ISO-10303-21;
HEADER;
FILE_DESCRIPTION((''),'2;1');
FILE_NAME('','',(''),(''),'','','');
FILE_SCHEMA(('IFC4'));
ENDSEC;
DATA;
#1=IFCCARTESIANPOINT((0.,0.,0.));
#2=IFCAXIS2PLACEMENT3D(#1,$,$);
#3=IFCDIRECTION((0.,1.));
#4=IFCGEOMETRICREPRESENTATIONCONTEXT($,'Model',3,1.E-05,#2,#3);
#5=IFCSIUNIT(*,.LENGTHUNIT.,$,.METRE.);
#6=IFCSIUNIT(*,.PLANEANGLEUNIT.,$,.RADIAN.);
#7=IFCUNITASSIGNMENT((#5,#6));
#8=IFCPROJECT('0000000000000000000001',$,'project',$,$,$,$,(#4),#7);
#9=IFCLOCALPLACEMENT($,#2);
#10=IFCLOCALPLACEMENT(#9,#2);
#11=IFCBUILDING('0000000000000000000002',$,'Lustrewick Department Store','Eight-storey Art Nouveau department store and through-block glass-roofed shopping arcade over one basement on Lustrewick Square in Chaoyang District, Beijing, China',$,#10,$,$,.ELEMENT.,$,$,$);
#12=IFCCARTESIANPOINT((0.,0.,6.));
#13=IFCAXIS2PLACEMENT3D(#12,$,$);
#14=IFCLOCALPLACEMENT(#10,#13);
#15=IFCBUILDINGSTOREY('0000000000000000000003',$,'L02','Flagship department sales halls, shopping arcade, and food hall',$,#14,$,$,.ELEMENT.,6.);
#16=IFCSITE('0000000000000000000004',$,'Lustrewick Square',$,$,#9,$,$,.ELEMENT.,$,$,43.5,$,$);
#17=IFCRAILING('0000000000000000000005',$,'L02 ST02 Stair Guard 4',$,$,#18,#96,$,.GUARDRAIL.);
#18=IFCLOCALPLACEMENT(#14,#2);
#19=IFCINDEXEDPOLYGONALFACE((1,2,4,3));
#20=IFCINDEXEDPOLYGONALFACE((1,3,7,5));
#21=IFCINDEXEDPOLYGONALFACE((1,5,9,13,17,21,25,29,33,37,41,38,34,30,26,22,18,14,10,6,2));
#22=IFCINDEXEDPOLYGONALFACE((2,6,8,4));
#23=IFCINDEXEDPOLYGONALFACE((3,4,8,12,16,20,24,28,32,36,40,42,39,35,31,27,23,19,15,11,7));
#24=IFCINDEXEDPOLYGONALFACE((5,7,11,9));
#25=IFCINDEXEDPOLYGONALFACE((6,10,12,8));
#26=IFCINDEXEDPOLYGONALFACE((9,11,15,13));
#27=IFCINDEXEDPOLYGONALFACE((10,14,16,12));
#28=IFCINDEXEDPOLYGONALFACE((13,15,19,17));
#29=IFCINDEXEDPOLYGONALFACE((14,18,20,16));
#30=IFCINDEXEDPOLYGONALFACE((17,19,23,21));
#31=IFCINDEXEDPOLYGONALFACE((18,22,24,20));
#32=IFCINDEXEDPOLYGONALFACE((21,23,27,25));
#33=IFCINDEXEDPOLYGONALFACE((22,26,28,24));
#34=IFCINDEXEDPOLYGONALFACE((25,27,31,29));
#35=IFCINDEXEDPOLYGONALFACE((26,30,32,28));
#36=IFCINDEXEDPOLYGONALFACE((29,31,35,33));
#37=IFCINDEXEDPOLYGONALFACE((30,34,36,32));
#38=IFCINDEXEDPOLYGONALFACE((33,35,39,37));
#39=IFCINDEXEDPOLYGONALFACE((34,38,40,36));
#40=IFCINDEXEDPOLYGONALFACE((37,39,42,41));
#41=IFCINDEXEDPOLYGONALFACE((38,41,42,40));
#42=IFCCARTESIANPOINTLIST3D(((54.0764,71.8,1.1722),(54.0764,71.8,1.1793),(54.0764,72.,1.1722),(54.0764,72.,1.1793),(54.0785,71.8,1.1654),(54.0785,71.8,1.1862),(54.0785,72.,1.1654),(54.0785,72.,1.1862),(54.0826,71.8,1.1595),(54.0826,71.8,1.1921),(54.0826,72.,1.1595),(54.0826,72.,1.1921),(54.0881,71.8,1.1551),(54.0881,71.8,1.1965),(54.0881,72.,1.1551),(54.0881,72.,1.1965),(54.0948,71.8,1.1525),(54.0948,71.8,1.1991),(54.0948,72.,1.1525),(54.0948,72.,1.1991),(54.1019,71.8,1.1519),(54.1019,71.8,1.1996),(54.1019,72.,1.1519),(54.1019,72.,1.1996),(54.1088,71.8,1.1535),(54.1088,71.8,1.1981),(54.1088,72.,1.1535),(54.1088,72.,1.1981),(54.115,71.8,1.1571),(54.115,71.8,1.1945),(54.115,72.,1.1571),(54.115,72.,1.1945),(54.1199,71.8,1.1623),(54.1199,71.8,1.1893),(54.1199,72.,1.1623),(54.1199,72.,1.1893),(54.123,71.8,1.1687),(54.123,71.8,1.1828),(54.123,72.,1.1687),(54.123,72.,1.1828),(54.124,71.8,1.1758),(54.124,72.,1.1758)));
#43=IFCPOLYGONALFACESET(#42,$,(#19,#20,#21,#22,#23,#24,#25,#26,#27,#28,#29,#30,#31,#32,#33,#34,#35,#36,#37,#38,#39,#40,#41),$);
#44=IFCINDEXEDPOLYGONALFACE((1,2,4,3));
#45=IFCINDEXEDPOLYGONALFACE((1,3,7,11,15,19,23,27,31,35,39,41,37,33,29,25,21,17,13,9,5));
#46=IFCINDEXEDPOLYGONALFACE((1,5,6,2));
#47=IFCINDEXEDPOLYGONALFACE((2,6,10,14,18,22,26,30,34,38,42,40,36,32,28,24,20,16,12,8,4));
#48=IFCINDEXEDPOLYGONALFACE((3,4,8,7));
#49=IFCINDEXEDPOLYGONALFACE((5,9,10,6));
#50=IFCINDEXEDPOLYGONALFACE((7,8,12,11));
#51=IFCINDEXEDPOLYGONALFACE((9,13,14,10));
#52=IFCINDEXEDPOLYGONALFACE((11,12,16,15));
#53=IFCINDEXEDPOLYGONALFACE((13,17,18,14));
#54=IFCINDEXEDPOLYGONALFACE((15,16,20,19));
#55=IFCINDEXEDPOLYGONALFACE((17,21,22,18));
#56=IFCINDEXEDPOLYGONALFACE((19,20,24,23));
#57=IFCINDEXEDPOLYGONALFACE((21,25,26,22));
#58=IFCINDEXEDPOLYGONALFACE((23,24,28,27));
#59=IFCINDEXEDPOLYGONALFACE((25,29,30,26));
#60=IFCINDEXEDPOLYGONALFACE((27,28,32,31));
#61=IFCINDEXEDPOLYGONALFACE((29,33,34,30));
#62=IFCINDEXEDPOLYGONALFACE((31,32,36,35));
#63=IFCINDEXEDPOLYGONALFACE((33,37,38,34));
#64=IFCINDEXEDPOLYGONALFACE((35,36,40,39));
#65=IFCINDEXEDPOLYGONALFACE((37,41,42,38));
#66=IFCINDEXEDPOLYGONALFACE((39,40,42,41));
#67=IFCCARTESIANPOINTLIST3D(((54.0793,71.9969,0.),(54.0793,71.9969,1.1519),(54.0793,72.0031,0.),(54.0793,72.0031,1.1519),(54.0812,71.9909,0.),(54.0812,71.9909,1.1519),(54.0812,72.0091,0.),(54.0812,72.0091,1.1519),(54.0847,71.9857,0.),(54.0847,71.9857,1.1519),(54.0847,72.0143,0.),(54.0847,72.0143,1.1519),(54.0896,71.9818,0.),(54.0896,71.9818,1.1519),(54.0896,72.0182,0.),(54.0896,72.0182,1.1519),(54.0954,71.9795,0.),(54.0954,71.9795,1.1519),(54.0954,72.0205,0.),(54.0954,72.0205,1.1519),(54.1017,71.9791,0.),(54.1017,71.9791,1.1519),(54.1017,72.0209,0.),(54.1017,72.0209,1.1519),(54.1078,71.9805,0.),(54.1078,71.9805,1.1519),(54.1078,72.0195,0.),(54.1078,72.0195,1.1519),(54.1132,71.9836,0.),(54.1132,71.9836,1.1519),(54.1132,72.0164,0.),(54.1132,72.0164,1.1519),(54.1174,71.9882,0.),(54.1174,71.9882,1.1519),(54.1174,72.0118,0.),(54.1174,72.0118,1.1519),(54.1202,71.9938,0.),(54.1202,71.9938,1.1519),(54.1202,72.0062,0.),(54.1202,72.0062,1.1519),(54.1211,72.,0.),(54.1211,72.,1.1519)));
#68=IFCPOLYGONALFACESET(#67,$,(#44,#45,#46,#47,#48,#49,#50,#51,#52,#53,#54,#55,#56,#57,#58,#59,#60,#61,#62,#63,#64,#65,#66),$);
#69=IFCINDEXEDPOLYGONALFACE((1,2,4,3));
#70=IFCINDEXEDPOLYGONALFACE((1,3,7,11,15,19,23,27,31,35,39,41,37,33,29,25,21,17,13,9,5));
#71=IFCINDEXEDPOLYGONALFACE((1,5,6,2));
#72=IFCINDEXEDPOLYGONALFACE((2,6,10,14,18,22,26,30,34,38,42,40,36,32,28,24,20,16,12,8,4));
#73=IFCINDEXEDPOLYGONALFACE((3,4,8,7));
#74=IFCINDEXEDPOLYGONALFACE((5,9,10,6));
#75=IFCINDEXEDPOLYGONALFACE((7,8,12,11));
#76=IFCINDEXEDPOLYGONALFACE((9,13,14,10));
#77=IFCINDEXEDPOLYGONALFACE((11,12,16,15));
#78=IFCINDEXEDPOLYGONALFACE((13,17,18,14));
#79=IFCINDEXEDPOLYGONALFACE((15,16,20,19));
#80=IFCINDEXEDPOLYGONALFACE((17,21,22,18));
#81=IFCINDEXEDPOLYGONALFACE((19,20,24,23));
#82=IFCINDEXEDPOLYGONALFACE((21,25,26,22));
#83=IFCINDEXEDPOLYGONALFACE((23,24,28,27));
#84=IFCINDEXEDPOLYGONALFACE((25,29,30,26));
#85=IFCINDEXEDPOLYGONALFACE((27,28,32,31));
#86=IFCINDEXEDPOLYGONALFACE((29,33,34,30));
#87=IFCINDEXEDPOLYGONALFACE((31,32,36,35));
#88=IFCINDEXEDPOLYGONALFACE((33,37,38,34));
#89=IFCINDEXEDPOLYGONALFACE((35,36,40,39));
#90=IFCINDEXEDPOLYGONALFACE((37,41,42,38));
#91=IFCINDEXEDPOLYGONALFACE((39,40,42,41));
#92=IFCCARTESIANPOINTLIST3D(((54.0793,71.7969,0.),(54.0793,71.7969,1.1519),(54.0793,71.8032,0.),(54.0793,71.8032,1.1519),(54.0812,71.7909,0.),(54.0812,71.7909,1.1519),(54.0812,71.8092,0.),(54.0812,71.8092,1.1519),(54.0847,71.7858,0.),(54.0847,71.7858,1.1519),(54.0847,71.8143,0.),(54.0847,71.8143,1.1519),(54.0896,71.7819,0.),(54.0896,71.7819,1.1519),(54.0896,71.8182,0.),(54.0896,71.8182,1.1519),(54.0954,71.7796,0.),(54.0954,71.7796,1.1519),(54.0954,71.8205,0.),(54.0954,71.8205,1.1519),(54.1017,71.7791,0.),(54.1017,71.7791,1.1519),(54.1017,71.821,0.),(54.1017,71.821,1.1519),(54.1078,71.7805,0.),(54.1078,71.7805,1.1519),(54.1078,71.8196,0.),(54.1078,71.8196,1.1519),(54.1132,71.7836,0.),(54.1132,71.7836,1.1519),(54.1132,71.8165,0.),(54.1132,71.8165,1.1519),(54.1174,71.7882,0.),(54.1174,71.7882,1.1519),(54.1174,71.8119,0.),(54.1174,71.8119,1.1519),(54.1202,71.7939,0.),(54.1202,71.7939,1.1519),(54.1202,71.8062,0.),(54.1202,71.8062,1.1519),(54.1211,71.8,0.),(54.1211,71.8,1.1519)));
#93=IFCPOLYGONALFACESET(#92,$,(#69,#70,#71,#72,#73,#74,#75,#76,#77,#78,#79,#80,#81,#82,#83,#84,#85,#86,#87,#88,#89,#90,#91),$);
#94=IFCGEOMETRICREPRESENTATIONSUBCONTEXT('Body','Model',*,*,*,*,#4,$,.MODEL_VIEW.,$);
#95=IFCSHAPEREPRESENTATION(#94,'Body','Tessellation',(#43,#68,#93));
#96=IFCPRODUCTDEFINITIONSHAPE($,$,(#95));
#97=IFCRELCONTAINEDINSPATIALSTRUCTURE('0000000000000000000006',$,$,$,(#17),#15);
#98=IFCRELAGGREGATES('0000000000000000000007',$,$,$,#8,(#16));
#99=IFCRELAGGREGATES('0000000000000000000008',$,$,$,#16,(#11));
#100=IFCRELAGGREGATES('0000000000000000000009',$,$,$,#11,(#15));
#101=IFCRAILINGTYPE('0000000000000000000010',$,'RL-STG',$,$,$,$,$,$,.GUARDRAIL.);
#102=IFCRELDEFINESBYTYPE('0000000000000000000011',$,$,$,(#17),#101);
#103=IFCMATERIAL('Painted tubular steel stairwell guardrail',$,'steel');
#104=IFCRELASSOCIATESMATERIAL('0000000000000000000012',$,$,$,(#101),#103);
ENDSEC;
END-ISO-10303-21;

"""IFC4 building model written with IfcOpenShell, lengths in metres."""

from ifc_helpers import new_model, si_unit, direction, frame, origin, origin_2d, place, context, subcontext, project, spatial, circle, extrude, material, type_object, element, save


model = new_model("IFC4")

# Units and contexts
model_context = context("Model", 3, precision=1e-05, world=origin(), true_north=direction((0.0, 1.0)))
body_context = subcontext(model_context, "Body", "Model", "MODEL_VIEW")
ifc_project = project(units=[si_unit("LENGTHUNIT", "METRE"), si_unit("PLANEANGLEUNIT", "RADIAN")], contexts=[model_context])

# Site, building, storey
site_placement = place(None, origin())
site = spatial("IfcSite", under=ifc_project, at=site_placement, Name="Lustrewick Square", CompositionType="ELEMENT", RefElevation=43.5)
building_placement = place(site_placement, origin())
building = spatial("IfcBuilding", under=site, at=building_placement, Name="Lustrewick Department Store", Description="Eight-storey Art Nouveau department store and through-block glass-roofed shopping arcade over one basement on Lustrewick Square in Chaoyang District, Beijing, China", CompositionType="ELEMENT")
storey_placement = place(building_placement, frame((0.0, 0.0, 6.0)))
storey = spatial("IfcBuildingStorey", under=building, at=storey_placement, Name="L02", Description="Flagship department sales halls, shopping arcade, and food hall", CompositionType="ELEMENT", Elevation=6.0)

# Railing
ifc_material_1 = material(Name="Painted tubular steel stairwell guardrail", Category="steel")
railing_type_1 = type_object("IfcRailingType", Name="RL-STG", PredefinedType="GUARDRAIL", material=ifc_material_1)
railing_1_placement = place(storey_placement, frame((54.1001, 72.0, 0.0)))
element("IfcRailing", 1, at=railing_1_placement, inside=storey, type_object=railing_type_1, Name="L02 ST02 Stair Guard 4", PredefinedType="GUARDRAIL", context=body_context, shape_type="SweptSolid", body=[
    extrude(circle(Radius=0.0239, at=origin_2d()), frame((0.0, 0.0, 1.1758), z_axis=(0.0, -1.0, 0.0), x_axis=(1.0, 0.0, 0.0)), (0.0, 0.0, 1.0), 0.2),
    extrude(circle(Radius=0.021, at=origin_2d()), origin(), (0.0, 0.0, 1.0), 1.1519),
    extrude(circle(Radius=0.021, at=origin_2d()), frame((0.0, -0.2, 0.0)), (0.0, 0.0, 1.0), 1.1519),
])

save(model, "model.ifc")
